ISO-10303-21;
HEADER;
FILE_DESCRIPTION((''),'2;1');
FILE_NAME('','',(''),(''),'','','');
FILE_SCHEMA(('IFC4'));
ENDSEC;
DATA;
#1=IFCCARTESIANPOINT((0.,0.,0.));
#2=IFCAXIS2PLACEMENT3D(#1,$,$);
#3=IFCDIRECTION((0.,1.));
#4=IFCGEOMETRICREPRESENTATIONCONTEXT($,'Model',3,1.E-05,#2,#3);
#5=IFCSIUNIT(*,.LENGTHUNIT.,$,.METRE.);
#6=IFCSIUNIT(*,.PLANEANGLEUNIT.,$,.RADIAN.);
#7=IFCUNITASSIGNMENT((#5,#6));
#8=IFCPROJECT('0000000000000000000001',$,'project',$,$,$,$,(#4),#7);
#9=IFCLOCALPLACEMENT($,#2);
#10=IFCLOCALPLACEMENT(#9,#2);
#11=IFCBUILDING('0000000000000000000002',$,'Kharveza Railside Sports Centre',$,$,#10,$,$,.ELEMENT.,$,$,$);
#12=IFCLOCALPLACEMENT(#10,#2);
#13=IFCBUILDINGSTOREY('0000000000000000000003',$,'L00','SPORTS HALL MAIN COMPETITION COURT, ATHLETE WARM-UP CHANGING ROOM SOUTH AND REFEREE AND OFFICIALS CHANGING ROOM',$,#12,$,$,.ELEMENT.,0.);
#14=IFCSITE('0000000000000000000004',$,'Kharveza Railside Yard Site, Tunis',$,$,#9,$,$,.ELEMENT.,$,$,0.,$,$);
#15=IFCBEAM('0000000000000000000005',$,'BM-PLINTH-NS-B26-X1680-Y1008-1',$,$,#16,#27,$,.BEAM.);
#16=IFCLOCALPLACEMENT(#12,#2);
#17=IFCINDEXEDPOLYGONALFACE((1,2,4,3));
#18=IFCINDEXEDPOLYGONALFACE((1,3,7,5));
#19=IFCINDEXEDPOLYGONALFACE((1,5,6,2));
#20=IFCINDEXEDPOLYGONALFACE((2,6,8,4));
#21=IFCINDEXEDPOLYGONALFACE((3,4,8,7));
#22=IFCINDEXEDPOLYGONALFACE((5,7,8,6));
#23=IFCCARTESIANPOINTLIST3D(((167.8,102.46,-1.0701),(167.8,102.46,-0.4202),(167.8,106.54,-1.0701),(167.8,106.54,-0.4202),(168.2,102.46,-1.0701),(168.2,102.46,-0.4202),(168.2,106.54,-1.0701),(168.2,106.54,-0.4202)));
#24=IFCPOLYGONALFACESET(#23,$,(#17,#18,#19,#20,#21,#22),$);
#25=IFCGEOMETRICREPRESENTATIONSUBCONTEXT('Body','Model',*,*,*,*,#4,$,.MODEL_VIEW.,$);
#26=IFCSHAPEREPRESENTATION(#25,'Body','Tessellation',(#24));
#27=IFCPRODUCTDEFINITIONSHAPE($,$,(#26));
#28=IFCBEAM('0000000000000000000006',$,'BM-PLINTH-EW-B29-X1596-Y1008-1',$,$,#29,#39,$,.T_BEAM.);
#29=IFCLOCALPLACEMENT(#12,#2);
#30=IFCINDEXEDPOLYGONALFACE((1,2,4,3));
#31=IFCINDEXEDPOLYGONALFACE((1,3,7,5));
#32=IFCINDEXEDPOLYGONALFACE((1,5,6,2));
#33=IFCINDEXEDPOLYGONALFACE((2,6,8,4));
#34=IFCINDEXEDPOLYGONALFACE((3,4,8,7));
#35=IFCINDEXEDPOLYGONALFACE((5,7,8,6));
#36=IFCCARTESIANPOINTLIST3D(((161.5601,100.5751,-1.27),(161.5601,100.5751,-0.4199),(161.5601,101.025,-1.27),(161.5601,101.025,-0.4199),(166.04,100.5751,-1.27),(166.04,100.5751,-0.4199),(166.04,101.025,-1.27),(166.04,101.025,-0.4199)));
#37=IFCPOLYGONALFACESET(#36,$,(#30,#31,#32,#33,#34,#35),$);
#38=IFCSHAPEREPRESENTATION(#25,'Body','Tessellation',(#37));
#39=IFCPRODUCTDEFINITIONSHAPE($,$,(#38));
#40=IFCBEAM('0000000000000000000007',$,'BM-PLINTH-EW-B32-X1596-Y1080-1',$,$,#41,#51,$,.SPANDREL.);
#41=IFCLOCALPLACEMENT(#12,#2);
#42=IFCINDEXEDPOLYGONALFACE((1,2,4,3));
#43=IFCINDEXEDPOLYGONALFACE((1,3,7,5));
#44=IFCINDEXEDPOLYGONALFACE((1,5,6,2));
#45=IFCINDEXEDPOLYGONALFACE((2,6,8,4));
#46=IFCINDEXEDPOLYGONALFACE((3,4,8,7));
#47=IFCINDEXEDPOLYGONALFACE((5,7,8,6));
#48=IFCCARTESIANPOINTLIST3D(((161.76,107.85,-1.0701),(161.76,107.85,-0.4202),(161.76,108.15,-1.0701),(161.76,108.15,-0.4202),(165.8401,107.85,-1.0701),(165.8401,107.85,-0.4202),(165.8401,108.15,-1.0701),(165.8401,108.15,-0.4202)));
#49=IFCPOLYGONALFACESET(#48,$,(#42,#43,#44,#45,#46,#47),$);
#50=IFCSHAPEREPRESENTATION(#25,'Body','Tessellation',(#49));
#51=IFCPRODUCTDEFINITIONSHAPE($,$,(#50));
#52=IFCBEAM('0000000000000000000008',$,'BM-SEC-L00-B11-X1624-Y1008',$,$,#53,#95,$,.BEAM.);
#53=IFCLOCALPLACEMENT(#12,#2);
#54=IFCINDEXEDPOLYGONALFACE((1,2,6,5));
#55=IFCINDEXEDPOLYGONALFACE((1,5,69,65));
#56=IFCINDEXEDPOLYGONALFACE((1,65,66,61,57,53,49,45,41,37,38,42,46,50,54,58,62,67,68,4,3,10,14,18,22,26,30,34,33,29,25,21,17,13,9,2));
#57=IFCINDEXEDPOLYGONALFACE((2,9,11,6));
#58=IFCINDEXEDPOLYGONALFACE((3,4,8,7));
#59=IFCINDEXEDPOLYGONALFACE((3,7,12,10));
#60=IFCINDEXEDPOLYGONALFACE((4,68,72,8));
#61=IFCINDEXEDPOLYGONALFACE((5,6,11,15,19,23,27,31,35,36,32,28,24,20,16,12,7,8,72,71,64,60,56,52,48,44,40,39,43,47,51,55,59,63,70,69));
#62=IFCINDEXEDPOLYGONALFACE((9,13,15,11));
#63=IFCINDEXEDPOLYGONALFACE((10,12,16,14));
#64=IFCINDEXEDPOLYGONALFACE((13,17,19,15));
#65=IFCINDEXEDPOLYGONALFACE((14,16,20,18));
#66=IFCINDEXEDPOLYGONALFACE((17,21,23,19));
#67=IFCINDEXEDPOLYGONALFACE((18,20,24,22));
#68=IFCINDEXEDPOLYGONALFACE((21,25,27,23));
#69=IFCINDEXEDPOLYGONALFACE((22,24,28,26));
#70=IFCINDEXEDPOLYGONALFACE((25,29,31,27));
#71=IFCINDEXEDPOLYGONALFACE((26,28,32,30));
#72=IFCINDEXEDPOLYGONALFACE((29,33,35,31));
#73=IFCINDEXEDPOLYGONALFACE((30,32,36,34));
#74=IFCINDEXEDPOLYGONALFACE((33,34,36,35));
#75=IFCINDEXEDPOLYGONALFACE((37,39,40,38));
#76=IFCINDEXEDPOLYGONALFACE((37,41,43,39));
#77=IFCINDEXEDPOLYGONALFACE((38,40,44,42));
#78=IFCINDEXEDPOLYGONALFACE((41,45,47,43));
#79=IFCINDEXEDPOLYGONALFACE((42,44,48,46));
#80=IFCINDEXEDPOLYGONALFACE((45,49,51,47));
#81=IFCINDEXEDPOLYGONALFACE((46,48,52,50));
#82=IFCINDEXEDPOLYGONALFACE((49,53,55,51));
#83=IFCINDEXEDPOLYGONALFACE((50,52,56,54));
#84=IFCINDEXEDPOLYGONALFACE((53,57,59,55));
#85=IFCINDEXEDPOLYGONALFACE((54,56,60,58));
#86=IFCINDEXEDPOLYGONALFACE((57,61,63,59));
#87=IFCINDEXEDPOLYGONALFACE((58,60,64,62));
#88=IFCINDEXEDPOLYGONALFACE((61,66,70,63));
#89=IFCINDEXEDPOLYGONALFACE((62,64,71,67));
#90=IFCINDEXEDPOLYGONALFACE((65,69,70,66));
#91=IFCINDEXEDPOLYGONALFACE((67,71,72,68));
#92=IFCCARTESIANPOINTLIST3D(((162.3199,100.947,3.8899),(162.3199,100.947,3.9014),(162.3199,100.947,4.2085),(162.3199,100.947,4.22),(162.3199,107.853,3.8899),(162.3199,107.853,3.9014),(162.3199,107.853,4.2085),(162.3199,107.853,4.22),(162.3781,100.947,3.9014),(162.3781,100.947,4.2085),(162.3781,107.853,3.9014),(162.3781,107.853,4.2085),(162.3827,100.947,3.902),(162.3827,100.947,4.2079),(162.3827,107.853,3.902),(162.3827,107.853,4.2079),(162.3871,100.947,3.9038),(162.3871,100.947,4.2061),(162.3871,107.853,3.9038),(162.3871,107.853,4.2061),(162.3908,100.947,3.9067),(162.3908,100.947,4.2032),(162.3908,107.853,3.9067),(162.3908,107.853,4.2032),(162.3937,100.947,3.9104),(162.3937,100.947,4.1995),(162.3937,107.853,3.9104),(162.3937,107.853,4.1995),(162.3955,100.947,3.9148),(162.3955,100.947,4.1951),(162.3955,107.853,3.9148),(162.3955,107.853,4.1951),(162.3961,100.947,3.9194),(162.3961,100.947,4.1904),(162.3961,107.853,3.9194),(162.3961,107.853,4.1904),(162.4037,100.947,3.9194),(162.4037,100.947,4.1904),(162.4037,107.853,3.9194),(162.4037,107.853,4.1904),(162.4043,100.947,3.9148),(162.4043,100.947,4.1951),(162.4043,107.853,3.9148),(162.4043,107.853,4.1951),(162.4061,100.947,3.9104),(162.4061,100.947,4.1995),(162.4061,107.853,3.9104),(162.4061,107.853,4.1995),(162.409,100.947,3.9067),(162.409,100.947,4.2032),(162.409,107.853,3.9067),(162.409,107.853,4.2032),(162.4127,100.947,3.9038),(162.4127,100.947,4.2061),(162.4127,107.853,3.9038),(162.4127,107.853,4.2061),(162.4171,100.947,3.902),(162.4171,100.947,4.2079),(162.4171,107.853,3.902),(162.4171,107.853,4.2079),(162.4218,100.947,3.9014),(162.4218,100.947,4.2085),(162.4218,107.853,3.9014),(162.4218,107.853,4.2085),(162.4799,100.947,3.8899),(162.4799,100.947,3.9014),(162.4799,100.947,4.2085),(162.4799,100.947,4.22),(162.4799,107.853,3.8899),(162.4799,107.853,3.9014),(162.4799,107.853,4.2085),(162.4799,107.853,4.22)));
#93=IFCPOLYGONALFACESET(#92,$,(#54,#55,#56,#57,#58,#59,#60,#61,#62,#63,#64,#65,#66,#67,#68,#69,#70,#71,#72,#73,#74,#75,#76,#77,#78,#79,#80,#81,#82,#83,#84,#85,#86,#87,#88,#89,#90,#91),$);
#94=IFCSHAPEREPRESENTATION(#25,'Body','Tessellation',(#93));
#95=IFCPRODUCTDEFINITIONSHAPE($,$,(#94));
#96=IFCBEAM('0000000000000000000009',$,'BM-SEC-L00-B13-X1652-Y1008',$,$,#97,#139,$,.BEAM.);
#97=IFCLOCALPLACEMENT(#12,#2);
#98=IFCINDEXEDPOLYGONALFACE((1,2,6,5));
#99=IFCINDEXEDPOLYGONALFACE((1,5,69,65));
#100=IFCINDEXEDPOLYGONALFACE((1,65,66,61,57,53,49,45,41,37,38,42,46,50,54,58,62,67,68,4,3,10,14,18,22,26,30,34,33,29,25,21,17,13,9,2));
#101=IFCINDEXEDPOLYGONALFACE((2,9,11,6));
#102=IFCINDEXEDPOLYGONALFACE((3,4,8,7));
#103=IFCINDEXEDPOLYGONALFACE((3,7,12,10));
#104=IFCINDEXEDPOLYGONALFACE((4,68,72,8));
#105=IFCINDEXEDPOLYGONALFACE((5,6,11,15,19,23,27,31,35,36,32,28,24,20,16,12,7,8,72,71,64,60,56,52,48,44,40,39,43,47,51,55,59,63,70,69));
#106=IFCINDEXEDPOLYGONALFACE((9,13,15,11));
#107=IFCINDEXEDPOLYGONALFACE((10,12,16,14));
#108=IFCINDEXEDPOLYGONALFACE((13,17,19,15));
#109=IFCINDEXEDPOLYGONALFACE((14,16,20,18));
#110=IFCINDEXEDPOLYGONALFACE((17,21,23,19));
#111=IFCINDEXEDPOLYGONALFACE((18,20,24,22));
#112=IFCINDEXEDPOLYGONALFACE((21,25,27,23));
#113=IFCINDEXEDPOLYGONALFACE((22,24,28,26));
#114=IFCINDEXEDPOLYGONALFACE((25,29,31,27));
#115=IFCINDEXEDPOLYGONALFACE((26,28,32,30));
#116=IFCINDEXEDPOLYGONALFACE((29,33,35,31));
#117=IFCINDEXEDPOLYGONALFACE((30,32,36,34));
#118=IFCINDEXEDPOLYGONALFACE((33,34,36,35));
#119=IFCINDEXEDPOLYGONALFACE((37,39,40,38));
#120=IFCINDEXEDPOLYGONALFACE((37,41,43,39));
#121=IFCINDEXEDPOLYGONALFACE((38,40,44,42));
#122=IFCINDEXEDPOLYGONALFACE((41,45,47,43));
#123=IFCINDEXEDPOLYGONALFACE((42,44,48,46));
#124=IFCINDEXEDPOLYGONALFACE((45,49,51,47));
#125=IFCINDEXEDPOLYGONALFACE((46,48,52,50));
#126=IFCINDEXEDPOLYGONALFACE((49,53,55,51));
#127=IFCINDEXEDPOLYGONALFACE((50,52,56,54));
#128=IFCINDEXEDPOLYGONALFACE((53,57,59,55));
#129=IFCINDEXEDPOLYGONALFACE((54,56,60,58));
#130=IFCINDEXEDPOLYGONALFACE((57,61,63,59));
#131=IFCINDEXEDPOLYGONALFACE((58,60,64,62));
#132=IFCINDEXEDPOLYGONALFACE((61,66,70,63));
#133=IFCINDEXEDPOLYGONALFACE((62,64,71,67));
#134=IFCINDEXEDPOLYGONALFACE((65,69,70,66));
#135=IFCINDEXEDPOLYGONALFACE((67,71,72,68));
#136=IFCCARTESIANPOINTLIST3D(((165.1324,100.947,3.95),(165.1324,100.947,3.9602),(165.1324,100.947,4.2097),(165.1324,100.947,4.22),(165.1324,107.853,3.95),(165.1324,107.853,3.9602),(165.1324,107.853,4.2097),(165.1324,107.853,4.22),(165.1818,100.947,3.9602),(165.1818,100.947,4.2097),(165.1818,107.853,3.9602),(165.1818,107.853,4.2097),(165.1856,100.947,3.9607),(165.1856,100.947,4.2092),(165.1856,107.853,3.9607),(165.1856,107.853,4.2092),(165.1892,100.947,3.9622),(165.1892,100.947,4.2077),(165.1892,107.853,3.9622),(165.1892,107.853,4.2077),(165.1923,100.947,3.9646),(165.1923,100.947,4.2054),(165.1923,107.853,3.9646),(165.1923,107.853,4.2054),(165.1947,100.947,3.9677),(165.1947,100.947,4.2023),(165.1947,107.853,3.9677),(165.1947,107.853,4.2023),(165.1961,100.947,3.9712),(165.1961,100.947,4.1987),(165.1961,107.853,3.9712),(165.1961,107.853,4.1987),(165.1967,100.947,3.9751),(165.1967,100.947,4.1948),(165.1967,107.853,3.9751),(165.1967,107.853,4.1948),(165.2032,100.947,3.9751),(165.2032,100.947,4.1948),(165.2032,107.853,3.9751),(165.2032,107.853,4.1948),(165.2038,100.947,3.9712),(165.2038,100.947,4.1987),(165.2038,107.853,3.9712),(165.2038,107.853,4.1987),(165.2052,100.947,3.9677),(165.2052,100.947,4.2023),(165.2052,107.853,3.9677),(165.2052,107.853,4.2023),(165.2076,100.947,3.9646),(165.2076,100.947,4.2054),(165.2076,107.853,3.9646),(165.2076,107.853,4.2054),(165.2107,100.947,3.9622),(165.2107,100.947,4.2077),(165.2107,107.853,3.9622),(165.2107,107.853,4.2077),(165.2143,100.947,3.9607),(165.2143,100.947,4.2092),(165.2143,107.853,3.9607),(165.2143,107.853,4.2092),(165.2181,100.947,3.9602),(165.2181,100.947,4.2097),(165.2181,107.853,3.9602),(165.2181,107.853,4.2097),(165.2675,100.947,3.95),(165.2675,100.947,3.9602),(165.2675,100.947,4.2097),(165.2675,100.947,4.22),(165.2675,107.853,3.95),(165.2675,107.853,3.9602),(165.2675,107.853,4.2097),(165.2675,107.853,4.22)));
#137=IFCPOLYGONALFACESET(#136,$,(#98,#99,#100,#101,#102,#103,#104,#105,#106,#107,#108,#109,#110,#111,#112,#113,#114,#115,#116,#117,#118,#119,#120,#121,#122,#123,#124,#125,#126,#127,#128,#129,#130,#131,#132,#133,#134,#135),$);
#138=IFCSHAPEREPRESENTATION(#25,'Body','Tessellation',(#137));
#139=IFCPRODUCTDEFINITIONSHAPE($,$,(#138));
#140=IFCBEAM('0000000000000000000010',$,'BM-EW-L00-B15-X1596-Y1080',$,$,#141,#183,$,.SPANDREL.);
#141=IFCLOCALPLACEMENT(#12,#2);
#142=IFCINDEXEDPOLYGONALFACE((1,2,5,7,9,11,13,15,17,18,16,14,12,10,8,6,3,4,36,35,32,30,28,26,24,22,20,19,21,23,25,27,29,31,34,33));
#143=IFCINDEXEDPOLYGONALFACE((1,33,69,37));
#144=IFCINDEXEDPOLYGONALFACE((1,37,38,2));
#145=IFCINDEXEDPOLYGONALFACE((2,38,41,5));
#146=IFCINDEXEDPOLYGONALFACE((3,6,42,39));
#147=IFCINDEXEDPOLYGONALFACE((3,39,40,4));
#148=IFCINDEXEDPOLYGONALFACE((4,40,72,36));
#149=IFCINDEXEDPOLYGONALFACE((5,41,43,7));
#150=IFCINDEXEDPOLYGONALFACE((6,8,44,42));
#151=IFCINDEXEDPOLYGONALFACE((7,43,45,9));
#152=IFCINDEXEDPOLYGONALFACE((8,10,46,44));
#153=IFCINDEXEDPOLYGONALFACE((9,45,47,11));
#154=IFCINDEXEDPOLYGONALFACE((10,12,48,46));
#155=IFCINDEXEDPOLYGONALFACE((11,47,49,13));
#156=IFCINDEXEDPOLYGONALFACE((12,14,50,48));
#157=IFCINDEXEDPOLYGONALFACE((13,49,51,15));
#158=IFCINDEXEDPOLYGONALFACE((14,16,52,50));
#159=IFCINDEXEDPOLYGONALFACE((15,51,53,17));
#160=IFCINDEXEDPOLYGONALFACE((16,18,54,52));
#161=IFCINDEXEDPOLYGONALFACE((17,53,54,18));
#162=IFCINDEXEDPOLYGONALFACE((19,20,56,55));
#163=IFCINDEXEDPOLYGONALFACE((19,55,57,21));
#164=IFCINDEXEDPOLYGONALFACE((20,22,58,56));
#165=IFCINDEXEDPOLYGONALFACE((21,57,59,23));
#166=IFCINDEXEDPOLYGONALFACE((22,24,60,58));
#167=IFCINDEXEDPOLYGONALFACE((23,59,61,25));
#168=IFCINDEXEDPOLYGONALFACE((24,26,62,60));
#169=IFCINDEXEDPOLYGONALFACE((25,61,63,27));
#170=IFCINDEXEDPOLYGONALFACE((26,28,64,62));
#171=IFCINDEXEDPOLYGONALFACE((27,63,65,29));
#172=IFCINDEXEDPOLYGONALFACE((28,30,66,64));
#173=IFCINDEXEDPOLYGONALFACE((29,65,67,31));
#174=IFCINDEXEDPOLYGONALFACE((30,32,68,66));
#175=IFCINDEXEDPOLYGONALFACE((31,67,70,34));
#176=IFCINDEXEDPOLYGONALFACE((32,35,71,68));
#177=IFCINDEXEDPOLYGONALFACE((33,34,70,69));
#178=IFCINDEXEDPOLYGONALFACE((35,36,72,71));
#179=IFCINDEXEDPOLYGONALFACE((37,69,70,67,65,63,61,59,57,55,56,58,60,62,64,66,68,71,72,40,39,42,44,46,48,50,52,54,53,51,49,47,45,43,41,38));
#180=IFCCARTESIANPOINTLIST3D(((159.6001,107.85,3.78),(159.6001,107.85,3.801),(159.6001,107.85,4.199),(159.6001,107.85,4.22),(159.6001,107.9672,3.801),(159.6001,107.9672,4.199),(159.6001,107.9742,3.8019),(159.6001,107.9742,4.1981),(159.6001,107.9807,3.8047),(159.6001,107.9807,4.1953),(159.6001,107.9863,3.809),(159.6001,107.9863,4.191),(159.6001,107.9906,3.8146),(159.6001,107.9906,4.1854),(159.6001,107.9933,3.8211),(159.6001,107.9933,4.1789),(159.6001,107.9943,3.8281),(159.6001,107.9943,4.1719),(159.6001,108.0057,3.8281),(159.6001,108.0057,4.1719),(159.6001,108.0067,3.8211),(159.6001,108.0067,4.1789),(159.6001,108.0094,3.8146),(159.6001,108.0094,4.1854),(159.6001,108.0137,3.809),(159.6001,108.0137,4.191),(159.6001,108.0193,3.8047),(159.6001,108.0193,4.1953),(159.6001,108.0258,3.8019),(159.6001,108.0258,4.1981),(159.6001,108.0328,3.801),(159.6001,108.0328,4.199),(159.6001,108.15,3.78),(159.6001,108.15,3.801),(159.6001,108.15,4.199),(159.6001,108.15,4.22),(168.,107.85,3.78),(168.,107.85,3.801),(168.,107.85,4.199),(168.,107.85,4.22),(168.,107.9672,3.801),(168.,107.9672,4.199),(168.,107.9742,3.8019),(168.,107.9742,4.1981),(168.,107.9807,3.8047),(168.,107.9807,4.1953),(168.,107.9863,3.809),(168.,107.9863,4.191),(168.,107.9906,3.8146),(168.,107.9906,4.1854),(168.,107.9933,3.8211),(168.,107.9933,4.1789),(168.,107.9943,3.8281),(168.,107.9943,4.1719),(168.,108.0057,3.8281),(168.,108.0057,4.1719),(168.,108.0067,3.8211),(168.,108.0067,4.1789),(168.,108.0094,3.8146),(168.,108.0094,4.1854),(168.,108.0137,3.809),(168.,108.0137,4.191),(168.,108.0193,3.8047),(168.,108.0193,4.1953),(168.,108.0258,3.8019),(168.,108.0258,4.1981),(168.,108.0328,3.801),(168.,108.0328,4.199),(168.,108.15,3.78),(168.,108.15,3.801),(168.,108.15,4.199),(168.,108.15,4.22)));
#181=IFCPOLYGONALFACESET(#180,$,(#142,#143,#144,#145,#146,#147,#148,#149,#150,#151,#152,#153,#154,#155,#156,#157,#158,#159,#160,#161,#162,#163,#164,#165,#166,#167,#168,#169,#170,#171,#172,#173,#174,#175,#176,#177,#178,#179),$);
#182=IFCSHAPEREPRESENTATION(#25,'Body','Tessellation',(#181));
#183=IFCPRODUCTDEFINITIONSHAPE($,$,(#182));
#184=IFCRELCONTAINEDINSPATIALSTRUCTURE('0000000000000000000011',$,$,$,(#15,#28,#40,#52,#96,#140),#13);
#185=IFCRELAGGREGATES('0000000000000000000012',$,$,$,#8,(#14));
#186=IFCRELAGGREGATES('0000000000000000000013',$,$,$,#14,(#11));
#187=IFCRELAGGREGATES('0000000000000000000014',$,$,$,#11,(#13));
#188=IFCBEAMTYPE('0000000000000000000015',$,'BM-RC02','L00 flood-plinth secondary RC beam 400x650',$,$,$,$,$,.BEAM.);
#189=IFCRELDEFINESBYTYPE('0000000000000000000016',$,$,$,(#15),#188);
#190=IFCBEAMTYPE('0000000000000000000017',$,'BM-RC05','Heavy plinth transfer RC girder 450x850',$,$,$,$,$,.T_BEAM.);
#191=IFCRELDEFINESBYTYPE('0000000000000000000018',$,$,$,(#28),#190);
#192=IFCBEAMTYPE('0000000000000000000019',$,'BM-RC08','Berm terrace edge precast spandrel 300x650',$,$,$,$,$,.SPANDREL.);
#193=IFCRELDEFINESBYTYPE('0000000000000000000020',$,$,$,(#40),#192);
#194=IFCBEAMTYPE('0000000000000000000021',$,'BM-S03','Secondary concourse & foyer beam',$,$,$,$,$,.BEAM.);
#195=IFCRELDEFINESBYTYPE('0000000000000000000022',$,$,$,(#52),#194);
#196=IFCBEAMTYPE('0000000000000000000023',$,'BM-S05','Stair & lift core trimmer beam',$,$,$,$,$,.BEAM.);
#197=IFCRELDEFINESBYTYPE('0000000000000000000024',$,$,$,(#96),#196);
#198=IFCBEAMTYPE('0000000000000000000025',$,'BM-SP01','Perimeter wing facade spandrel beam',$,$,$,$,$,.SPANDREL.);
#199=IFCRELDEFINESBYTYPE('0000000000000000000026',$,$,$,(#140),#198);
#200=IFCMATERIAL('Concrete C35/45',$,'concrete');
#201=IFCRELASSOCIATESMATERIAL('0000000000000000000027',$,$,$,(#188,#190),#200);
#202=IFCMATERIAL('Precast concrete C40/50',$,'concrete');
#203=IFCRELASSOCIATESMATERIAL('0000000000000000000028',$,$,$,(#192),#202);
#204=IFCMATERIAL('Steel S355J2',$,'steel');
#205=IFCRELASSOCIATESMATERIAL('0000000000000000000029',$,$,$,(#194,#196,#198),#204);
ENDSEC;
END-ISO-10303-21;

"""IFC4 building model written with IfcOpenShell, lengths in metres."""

from ifc_helpers import new_model, si_unit, direction, frame, origin, origin_2d, place, context, subcontext, project, spatial, rectangle, i_section, extrude, material, material_profile, profile_set, type_object, element, save


model = new_model("IFC4")

# Units and contexts
model_context = context("Model", 3, precision=1e-05, world=origin(), true_north=direction((0.0, 1.0)))
body_context = subcontext(model_context, "Body", "Model", "MODEL_VIEW")
ifc_project = project(units=[si_unit("LENGTHUNIT", "METRE"), si_unit("PLANEANGLEUNIT", "RADIAN")], contexts=[model_context])

# Site, building, storey
site_placement = place(None, origin())
site = spatial("IfcSite", under=ifc_project, at=site_placement, Name="Kharveza Railside Yard Site, Tunis", CompositionType="ELEMENT", RefElevation=0.0)
building_placement = place(site_placement, origin())
building = spatial("IfcBuilding", under=site, at=building_placement, Name="Kharveza Railside Sports Centre", CompositionType="ELEMENT")
storey_placement = place(building_placement, origin())
storey = spatial("IfcBuildingStorey", under=building, at=storey_placement, Name="L00", Description="SPORTS HALL MAIN COMPETITION COURT, ATHLETE WARM-UP CHANGING ROOM SOUTH AND REFEREE AND OFFICIALS CHANGING ROOM", CompositionType="ELEMENT", Elevation=0.0)

# Shared definitions
ifc_material_1 = material(Name="Concrete C35/45", Category="concrete")

# Shared definitions
ifc_material_2 = material(Name="Steel S355J2", Category="steel")

# Beams
ifc_material_profile_1 = material_profile(ifc_material_1, rectangle(XDim=0.3999, YDim=0.6499, at=origin_2d()), Name="RCB 400x650")
ifc_profile_set_1 = profile_set([ifc_material_profile_1], Name="Concrete C35/45")
beam_type_1 = type_object("IfcBeamType", Name="BM-RC02", Description="L00 flood-plinth secondary RC beam 400x650", PredefinedType="BEAM", material=ifc_profile_set_1)
beam_1_placement = place(storey_placement, frame((168.0, 102.46, -0.7451), z_axis=(0.0, 1.0, 0.0), x_axis=(-1.0, 0.0, 0.0)))
element("IfcBeam", 1, at=beam_1_placement, inside=storey, type_object=beam_type_1, Name="BM-PLINTH-NS-B26-X1680-Y1008-1", PredefinedType="BEAM", context=body_context, shape_type="SweptSolid", body=[
    extrude(rectangle(XDim=0.3999, YDim=0.6499, at=origin_2d()), origin(), (0.0, 0.0, 1.0), 4.0801),
])
ifc_material_profile_2 = material_profile(ifc_material_1, rectangle(XDim=0.45, YDim=0.8501, at=origin_2d()), Name="RCB 450x850")
ifc_profile_set_2 = profile_set([ifc_material_profile_2], Name="Concrete C35/45")
beam_type_2 = type_object("IfcBeamType", Name="BM-RC05", Description="Heavy plinth transfer RC girder 450x850", PredefinedType="T_BEAM", material=ifc_profile_set_2)
beam_2_placement = place(storey_placement, frame((161.5601, 100.8, -0.845), z_axis=(1.0, 0.0, 0.0), x_axis=(0.0, 1.0, 0.0)))
element("IfcBeam", 2, at=beam_2_placement, inside=storey, type_object=beam_type_2, Name="BM-PLINTH-EW-B29-X1596-Y1008-1", PredefinedType="T_BEAM", context=body_context, shape_type="SweptSolid", body=[
    extrude(rectangle(XDim=0.45, YDim=0.8501, at=origin_2d()), origin(), (0.0, 0.0, 1.0), 4.48),
])
ifc_material_3 = material(Name="Precast concrete C40/50", Category="concrete")
ifc_material_profile_3 = material_profile(ifc_material_3, rectangle(XDim=0.3, YDim=0.6499, at=origin_2d()), Name="RCB 300x650")
ifc_profile_set_3 = profile_set([ifc_material_profile_3], Name="Precast concrete C40/50")
beam_type_3 = type_object("IfcBeamType", Name="BM-RC08", Description="Berm terrace edge precast spandrel 300x650", PredefinedType="SPANDREL", material=ifc_profile_set_3)
beam_3_placement = place(storey_placement, frame((161.76, 108.0, -0.7451), z_axis=(1.0, 0.0, 0.0), x_axis=(0.0, 1.0, 0.0)))
element("IfcBeam", 3, at=beam_3_placement, inside=storey, type_object=beam_type_3, Name="BM-PLINTH-EW-B32-X1596-Y1080-1", PredefinedType="SPANDREL", context=body_context, shape_type="SweptSolid", body=[
    extrude(rectangle(XDim=0.3, YDim=0.6499, at=origin_2d()), origin(), (0.0, 0.0, 1.0), 4.0801),
])
ifc_material_profile_4 = material_profile(ifc_material_2, i_section(OverallWidth=0.1599, OverallDepth=0.3301, WebThickness=0.0076, FlangeThickness=0.0115, FilletRadius=0.0181, at=origin_2d()), Name="IPE 330")
ifc_profile_set_4 = profile_set([ifc_material_profile_4], Name="Steel S355J2")
beam_type_4 = type_object("IfcBeamType", Name="BM-S03", Description="Secondary concourse & foyer beam", PredefinedType="BEAM", material=ifc_profile_set_4)
beam_4_placement = place(storey_placement, frame((162.3999, 100.947, 4.0549), z_axis=(0.0, 1.0, 0.0), x_axis=(-1.0, 0.0, 0.0)))
element("IfcBeam", 4, at=beam_4_placement, inside=storey, type_object=beam_type_4, Name="BM-SEC-L00-B11-X1624-Y1008", PredefinedType="BEAM", context=body_context, shape_type="SweptSolid", body=[
    extrude(i_section(OverallWidth=0.1599, OverallDepth=0.3301, WebThickness=0.0076, FlangeThickness=0.0115, FilletRadius=0.0181, at=origin_2d()), origin(), (0.0, 0.0, 1.0), 6.906),
])
ifc_material_profile_5 = material_profile(ifc_material_2, i_section(OverallWidth=0.135, OverallDepth=0.27, WebThickness=0.0066, FlangeThickness=0.0103, FilletRadius=0.0149, at=origin_2d()), Name="IPE 270")
ifc_profile_set_5 = profile_set([ifc_material_profile_5], Name="Steel S355J2")
beam_type_5 = type_object("IfcBeamType", Name="BM-S05", Description="Stair & lift core trimmer beam", PredefinedType="BEAM", material=ifc_profile_set_5)
beam_5_placement = place(storey_placement, frame((165.2, 100.947, 4.085), z_axis=(0.0, 1.0, 0.0), x_axis=(-1.0, 0.0, 0.0)))
element("IfcBeam", 5, at=beam_5_placement, inside=storey, type_object=beam_type_5, Name="BM-SEC-L00-B13-X1652-Y1008", PredefinedType="BEAM", context=body_context, shape_type="SweptSolid", body=[
    extrude(i_section(OverallWidth=0.135, OverallDepth=0.27, WebThickness=0.0066, FlangeThickness=0.0103, FilletRadius=0.0149, at=origin_2d()), origin(), (0.0, 0.0, 1.0), 6.906),
])
ifc_material_profile_6 = material_profile(ifc_material_2, i_section(OverallWidth=0.3, OverallDepth=0.4399, WebThickness=0.0115, FlangeThickness=0.021, FilletRadius=0.0271, at=origin_2d()), Name="HEA 450")
ifc_profile_set_6 = profile_set([ifc_material_profile_6], Name="Steel S355J2")
beam_type_6 = type_object("IfcBeamType", Name="BM-SP01", Description="Perimeter wing facade spandrel beam", PredefinedType="SPANDREL", material=ifc_profile_set_6)
beam_6_placement = place(storey_placement, frame((159.6001, 108.0, 4.0), z_axis=(1.0, 0.0, 0.0), x_axis=(0.0, 1.0, 0.0)))
element("IfcBeam", 6, at=beam_6_placement, inside=storey, type_object=beam_type_6, Name="BM-EW-L00-B15-X1596-Y1080", PredefinedType="SPANDREL", context=body_context, shape_type="SweptSolid", body=[
    extrude(i_section(OverallWidth=0.3, OverallDepth=0.4399, WebThickness=0.0115, FlangeThickness=0.021, FilletRadius=0.0271, at=origin_2d()), origin(), (0.0, 0.0, 1.0), 8.3999),
])

save(model, "model.ifc")
